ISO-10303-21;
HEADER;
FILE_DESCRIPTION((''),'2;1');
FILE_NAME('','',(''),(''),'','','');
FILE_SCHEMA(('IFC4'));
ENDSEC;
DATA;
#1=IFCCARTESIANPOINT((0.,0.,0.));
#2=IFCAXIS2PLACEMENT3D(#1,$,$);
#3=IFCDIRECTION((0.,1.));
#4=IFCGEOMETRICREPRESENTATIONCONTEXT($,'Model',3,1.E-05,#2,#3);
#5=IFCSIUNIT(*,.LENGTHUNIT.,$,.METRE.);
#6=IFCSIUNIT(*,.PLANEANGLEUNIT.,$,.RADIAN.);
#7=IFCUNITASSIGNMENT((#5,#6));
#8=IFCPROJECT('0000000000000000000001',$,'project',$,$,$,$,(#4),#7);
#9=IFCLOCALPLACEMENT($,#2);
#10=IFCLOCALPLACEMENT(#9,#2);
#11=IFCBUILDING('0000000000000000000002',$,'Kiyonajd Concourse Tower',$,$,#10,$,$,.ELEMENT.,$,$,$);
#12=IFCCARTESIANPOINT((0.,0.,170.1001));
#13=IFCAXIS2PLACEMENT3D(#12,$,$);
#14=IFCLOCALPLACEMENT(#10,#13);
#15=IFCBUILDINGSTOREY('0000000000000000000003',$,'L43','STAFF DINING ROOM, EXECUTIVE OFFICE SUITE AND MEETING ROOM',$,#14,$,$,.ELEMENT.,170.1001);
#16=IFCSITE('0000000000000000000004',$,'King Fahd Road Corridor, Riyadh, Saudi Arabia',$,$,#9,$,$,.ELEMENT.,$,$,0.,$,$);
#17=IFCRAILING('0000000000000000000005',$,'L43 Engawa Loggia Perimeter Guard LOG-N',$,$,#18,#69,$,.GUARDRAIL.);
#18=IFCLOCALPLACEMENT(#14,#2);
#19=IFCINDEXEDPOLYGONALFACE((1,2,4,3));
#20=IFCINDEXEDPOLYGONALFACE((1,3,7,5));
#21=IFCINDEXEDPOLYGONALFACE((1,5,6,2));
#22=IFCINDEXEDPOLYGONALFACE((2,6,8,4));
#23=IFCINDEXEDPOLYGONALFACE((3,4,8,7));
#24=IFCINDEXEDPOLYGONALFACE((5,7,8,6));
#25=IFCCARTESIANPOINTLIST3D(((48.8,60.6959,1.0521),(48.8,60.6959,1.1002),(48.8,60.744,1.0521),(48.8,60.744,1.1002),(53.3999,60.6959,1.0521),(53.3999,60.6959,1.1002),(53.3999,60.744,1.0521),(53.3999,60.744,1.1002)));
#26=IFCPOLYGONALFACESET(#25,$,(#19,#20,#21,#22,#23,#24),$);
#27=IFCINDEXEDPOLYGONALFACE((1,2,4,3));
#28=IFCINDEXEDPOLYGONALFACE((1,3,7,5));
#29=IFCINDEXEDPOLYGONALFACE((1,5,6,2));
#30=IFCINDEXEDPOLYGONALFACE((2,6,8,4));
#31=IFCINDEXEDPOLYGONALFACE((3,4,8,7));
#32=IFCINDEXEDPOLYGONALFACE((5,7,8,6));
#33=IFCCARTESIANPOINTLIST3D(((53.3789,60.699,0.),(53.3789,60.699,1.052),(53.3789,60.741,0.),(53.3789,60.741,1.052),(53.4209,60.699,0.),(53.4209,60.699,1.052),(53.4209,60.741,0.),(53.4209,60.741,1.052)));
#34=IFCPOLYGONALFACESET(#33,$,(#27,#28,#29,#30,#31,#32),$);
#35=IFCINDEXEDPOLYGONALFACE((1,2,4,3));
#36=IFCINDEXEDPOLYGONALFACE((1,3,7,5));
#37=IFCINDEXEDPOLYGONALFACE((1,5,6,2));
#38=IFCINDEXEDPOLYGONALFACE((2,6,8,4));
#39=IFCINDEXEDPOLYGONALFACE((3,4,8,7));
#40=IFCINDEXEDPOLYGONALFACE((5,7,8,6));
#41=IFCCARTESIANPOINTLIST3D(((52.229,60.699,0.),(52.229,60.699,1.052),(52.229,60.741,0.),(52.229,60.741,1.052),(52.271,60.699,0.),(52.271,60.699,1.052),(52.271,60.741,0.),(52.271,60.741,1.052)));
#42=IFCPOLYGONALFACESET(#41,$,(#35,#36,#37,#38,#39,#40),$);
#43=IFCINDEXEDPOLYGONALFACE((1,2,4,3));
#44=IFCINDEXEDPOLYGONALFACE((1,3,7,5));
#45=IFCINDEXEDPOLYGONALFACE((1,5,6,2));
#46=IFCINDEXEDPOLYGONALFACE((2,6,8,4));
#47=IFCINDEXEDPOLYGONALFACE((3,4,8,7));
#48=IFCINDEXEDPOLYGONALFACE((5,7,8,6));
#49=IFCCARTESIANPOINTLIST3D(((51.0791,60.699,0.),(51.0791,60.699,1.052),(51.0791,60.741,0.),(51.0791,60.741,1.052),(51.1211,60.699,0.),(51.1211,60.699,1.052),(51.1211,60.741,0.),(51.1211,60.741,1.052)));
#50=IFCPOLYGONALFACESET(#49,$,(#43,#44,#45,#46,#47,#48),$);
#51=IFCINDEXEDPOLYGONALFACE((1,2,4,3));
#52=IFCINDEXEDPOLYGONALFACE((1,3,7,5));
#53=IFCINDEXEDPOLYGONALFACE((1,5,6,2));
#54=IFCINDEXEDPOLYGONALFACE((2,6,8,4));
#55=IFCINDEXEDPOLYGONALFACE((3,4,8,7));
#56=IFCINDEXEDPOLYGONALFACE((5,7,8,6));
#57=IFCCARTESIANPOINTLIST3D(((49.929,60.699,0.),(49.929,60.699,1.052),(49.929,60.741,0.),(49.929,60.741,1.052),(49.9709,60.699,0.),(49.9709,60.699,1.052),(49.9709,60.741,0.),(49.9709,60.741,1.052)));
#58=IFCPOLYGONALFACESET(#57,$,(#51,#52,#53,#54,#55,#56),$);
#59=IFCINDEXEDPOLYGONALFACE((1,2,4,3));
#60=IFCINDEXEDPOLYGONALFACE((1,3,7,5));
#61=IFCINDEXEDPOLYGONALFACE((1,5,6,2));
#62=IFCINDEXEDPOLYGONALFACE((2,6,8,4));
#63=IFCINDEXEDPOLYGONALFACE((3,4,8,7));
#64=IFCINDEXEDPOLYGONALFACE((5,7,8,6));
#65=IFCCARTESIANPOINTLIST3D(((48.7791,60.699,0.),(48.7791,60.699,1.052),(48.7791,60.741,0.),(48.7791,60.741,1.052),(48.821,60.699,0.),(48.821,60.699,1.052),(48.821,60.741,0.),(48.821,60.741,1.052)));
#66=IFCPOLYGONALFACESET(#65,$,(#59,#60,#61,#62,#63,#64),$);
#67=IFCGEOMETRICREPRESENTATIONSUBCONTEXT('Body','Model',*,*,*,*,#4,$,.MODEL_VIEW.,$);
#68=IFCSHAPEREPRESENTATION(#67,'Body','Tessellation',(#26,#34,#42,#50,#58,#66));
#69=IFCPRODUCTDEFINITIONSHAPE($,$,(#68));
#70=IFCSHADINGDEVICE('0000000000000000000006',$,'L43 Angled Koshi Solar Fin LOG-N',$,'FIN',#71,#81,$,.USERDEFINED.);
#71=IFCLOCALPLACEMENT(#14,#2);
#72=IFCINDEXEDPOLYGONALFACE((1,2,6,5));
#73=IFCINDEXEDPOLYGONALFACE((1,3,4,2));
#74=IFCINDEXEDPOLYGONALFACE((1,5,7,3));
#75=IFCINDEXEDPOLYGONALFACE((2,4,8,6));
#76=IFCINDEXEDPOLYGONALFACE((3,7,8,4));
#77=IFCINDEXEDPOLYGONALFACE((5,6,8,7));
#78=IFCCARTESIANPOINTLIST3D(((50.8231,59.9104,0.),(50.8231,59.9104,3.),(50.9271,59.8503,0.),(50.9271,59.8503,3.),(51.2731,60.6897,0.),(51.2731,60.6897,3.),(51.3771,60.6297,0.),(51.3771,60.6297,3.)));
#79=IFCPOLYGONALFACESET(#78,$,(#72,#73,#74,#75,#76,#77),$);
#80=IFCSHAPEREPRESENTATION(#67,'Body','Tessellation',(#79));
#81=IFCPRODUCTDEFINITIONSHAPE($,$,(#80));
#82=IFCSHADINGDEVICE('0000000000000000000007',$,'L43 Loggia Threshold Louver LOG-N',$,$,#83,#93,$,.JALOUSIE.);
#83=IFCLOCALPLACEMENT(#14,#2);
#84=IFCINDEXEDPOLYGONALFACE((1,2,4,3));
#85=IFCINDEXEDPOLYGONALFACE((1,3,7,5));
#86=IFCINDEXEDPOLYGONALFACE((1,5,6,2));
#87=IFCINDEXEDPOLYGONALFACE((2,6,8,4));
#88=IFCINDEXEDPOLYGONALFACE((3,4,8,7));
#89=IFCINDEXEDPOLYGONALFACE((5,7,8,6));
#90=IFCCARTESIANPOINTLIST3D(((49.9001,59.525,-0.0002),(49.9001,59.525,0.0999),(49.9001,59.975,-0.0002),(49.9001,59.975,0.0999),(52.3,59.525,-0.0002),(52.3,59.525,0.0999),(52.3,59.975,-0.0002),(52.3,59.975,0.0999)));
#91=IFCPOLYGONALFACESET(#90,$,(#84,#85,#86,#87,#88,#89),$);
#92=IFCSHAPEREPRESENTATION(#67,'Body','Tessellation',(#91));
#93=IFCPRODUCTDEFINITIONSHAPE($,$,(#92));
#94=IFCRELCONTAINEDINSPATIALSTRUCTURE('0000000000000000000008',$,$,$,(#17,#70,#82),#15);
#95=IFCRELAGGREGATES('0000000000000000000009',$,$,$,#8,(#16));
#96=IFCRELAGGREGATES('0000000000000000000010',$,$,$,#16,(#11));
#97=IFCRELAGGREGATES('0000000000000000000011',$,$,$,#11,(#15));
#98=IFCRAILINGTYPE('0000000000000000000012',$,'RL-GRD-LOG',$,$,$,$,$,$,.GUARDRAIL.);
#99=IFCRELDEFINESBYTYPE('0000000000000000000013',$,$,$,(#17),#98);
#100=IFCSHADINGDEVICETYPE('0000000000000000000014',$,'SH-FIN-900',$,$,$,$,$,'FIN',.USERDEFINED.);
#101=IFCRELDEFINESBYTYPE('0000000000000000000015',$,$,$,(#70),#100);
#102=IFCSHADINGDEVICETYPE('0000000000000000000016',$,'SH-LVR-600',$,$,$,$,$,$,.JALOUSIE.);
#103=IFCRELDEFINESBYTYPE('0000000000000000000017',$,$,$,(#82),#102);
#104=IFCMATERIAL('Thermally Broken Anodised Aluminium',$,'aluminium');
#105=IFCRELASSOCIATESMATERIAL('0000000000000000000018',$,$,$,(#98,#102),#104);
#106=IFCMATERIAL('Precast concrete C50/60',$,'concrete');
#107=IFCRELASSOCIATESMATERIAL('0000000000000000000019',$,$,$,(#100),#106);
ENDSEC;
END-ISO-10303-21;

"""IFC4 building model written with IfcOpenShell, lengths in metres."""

from ifc_helpers import new_model, si_unit, direction, frame, origin, origin_2d, place, context, subcontext, project, spatial, rectangle, extrude, material, type_object, element, save


model = new_model("IFC4")

# Units and contexts
model_context = context("Model", 3, precision=1e-05, world=origin(), true_north=direction((0.0, 1.0)))
body_context = subcontext(model_context, "Body", "Model", "MODEL_VIEW")
ifc_project = project(units=[si_unit("LENGTHUNIT", "METRE"), si_unit("PLANEANGLEUNIT", "RADIAN")], contexts=[model_context])

# Site, building, storey
site_placement = place(None, origin())
site = spatial("IfcSite", under=ifc_project, at=site_placement, Name="King Fahd Road Corridor, Riyadh, Saudi Arabia", CompositionType="ELEMENT", RefElevation=0.0)
building_placement = place(site_placement, origin())
building = spatial("IfcBuilding", under=site, at=building_placement, Name="Kiyonajd Concourse Tower", CompositionType="ELEMENT")
storey_placement = place(building_placement, frame((0.0, 0.0, 170.1001)))
storey = spatial("IfcBuildingStorey", under=building, at=storey_placement, Name="L43", Description="STAFF DINING ROOM, EXECUTIVE OFFICE SUITE AND MEETING ROOM", CompositionType="ELEMENT", Elevation=170.1001)

# Shared definitions
ifc_material_1 = material(Name="Thermally Broken Anodised Aluminium", Category="aluminium")

# Shared definitions
ifc_material_2 = material(Name="Precast concrete C50/60", Category="concrete")

# Railing
railing_type = type_object("IfcRailingType", Name="RL-GRD-LOG", PredefinedType="GUARDRAIL", material=ifc_material_1)
railing_placement = place(storey_placement, frame((53.3999, 60.72, 0.0)))
element("IfcRailing", 1, at=railing_placement, inside=storey, type_object=railing_type, Name="L43 Engawa Loggia Perimeter Guard LOG-N", PredefinedType="GUARDRAIL", context=body_context, shape_type="SweptSolid", body=[
    extrude(rectangle(XDim=0.0481, YDim=0.0481, at=origin_2d()), frame((0.0, 0.0, 1.0762), z_axis=(-1.0, 0.0, 0.0), x_axis=(0.0, -1.0, 0.0)), (0.0, 0.0, 1.0), 4.5999),
    extrude(rectangle(XDim=0.042, YDim=0.042, at=origin_2d()), origin(), (0.0, 0.0, 1.0), 1.052),
    extrude(rectangle(XDim=0.042, YDim=0.042, at=origin_2d()), frame((-1.1499, 0.0, 0.0)), (0.0, 0.0, 1.0), 1.052),
    extrude(rectangle(XDim=0.042, YDim=0.042, at=origin_2d()), frame((-2.2998, 0.0, 0.0)), (0.0, 0.0, 1.0), 1.052),
    extrude(rectangle(XDim=0.042, YDim=0.042, at=origin_2d()), frame((-3.45, 0.0, 0.0)), (0.0, 0.0, 1.0), 1.052),
    extrude(rectangle(XDim=0.042, YDim=0.042, at=origin_2d()), frame((-4.5999, 0.0, 0.0)), (0.0, 0.0, 1.0), 1.052),
])

# Shading devices
shading_device_type_1 = type_object("IfcShadingDeviceType", Name="SH-FIN-900", ElementType="FIN", PredefinedType="USERDEFINED", material=ifc_material_2)
shading_device_1_placement = place(storey_placement, frame((51.1001, 60.27, 0.0), z_axis=(0.0, 0.0, 1.0), x_axis=(0.5, 0.866025, 0.0)))
element("IfcShadingDevice", 2, at=shading_device_1_placement, inside=storey, type_object=shading_device_type_1, Name="L43 Angled Koshi Solar Fin LOG-N", ObjectType="FIN", PredefinedType="USERDEFINED", context=body_context, shape_type="SweptSolid", body=[
    extrude(rectangle(XDim=0.8999, YDim=0.1201, at=origin_2d()), origin(), (0.0, 0.0, 1.0), 3.0),
])
shading_device_type_2 = type_object("IfcShadingDeviceType", Name="SH-LVR-600", PredefinedType="JALOUSIE", material=ifc_material_1)
shading_device_2_placement = place(storey_placement, frame((51.1001, 59.75, -0.0002), z_axis=(0.0, 0.0, 1.0), x_axis=(1.0, 0.0, 0.0)))
element("IfcShadingDevice", 3, at=shading_device_2_placement, inside=storey, type_object=shading_device_type_2, Name="L43 Loggia Threshold Louver LOG-N", PredefinedType="JALOUSIE", context=body_context, shape_type="SweptSolid", body=[
    extrude(rectangle(XDim=2.3999, YDim=0.45, at=origin_2d()), origin(), (0.0, 0.0, 1.0), 0.1001),
])

save(model, "model.ifc")
